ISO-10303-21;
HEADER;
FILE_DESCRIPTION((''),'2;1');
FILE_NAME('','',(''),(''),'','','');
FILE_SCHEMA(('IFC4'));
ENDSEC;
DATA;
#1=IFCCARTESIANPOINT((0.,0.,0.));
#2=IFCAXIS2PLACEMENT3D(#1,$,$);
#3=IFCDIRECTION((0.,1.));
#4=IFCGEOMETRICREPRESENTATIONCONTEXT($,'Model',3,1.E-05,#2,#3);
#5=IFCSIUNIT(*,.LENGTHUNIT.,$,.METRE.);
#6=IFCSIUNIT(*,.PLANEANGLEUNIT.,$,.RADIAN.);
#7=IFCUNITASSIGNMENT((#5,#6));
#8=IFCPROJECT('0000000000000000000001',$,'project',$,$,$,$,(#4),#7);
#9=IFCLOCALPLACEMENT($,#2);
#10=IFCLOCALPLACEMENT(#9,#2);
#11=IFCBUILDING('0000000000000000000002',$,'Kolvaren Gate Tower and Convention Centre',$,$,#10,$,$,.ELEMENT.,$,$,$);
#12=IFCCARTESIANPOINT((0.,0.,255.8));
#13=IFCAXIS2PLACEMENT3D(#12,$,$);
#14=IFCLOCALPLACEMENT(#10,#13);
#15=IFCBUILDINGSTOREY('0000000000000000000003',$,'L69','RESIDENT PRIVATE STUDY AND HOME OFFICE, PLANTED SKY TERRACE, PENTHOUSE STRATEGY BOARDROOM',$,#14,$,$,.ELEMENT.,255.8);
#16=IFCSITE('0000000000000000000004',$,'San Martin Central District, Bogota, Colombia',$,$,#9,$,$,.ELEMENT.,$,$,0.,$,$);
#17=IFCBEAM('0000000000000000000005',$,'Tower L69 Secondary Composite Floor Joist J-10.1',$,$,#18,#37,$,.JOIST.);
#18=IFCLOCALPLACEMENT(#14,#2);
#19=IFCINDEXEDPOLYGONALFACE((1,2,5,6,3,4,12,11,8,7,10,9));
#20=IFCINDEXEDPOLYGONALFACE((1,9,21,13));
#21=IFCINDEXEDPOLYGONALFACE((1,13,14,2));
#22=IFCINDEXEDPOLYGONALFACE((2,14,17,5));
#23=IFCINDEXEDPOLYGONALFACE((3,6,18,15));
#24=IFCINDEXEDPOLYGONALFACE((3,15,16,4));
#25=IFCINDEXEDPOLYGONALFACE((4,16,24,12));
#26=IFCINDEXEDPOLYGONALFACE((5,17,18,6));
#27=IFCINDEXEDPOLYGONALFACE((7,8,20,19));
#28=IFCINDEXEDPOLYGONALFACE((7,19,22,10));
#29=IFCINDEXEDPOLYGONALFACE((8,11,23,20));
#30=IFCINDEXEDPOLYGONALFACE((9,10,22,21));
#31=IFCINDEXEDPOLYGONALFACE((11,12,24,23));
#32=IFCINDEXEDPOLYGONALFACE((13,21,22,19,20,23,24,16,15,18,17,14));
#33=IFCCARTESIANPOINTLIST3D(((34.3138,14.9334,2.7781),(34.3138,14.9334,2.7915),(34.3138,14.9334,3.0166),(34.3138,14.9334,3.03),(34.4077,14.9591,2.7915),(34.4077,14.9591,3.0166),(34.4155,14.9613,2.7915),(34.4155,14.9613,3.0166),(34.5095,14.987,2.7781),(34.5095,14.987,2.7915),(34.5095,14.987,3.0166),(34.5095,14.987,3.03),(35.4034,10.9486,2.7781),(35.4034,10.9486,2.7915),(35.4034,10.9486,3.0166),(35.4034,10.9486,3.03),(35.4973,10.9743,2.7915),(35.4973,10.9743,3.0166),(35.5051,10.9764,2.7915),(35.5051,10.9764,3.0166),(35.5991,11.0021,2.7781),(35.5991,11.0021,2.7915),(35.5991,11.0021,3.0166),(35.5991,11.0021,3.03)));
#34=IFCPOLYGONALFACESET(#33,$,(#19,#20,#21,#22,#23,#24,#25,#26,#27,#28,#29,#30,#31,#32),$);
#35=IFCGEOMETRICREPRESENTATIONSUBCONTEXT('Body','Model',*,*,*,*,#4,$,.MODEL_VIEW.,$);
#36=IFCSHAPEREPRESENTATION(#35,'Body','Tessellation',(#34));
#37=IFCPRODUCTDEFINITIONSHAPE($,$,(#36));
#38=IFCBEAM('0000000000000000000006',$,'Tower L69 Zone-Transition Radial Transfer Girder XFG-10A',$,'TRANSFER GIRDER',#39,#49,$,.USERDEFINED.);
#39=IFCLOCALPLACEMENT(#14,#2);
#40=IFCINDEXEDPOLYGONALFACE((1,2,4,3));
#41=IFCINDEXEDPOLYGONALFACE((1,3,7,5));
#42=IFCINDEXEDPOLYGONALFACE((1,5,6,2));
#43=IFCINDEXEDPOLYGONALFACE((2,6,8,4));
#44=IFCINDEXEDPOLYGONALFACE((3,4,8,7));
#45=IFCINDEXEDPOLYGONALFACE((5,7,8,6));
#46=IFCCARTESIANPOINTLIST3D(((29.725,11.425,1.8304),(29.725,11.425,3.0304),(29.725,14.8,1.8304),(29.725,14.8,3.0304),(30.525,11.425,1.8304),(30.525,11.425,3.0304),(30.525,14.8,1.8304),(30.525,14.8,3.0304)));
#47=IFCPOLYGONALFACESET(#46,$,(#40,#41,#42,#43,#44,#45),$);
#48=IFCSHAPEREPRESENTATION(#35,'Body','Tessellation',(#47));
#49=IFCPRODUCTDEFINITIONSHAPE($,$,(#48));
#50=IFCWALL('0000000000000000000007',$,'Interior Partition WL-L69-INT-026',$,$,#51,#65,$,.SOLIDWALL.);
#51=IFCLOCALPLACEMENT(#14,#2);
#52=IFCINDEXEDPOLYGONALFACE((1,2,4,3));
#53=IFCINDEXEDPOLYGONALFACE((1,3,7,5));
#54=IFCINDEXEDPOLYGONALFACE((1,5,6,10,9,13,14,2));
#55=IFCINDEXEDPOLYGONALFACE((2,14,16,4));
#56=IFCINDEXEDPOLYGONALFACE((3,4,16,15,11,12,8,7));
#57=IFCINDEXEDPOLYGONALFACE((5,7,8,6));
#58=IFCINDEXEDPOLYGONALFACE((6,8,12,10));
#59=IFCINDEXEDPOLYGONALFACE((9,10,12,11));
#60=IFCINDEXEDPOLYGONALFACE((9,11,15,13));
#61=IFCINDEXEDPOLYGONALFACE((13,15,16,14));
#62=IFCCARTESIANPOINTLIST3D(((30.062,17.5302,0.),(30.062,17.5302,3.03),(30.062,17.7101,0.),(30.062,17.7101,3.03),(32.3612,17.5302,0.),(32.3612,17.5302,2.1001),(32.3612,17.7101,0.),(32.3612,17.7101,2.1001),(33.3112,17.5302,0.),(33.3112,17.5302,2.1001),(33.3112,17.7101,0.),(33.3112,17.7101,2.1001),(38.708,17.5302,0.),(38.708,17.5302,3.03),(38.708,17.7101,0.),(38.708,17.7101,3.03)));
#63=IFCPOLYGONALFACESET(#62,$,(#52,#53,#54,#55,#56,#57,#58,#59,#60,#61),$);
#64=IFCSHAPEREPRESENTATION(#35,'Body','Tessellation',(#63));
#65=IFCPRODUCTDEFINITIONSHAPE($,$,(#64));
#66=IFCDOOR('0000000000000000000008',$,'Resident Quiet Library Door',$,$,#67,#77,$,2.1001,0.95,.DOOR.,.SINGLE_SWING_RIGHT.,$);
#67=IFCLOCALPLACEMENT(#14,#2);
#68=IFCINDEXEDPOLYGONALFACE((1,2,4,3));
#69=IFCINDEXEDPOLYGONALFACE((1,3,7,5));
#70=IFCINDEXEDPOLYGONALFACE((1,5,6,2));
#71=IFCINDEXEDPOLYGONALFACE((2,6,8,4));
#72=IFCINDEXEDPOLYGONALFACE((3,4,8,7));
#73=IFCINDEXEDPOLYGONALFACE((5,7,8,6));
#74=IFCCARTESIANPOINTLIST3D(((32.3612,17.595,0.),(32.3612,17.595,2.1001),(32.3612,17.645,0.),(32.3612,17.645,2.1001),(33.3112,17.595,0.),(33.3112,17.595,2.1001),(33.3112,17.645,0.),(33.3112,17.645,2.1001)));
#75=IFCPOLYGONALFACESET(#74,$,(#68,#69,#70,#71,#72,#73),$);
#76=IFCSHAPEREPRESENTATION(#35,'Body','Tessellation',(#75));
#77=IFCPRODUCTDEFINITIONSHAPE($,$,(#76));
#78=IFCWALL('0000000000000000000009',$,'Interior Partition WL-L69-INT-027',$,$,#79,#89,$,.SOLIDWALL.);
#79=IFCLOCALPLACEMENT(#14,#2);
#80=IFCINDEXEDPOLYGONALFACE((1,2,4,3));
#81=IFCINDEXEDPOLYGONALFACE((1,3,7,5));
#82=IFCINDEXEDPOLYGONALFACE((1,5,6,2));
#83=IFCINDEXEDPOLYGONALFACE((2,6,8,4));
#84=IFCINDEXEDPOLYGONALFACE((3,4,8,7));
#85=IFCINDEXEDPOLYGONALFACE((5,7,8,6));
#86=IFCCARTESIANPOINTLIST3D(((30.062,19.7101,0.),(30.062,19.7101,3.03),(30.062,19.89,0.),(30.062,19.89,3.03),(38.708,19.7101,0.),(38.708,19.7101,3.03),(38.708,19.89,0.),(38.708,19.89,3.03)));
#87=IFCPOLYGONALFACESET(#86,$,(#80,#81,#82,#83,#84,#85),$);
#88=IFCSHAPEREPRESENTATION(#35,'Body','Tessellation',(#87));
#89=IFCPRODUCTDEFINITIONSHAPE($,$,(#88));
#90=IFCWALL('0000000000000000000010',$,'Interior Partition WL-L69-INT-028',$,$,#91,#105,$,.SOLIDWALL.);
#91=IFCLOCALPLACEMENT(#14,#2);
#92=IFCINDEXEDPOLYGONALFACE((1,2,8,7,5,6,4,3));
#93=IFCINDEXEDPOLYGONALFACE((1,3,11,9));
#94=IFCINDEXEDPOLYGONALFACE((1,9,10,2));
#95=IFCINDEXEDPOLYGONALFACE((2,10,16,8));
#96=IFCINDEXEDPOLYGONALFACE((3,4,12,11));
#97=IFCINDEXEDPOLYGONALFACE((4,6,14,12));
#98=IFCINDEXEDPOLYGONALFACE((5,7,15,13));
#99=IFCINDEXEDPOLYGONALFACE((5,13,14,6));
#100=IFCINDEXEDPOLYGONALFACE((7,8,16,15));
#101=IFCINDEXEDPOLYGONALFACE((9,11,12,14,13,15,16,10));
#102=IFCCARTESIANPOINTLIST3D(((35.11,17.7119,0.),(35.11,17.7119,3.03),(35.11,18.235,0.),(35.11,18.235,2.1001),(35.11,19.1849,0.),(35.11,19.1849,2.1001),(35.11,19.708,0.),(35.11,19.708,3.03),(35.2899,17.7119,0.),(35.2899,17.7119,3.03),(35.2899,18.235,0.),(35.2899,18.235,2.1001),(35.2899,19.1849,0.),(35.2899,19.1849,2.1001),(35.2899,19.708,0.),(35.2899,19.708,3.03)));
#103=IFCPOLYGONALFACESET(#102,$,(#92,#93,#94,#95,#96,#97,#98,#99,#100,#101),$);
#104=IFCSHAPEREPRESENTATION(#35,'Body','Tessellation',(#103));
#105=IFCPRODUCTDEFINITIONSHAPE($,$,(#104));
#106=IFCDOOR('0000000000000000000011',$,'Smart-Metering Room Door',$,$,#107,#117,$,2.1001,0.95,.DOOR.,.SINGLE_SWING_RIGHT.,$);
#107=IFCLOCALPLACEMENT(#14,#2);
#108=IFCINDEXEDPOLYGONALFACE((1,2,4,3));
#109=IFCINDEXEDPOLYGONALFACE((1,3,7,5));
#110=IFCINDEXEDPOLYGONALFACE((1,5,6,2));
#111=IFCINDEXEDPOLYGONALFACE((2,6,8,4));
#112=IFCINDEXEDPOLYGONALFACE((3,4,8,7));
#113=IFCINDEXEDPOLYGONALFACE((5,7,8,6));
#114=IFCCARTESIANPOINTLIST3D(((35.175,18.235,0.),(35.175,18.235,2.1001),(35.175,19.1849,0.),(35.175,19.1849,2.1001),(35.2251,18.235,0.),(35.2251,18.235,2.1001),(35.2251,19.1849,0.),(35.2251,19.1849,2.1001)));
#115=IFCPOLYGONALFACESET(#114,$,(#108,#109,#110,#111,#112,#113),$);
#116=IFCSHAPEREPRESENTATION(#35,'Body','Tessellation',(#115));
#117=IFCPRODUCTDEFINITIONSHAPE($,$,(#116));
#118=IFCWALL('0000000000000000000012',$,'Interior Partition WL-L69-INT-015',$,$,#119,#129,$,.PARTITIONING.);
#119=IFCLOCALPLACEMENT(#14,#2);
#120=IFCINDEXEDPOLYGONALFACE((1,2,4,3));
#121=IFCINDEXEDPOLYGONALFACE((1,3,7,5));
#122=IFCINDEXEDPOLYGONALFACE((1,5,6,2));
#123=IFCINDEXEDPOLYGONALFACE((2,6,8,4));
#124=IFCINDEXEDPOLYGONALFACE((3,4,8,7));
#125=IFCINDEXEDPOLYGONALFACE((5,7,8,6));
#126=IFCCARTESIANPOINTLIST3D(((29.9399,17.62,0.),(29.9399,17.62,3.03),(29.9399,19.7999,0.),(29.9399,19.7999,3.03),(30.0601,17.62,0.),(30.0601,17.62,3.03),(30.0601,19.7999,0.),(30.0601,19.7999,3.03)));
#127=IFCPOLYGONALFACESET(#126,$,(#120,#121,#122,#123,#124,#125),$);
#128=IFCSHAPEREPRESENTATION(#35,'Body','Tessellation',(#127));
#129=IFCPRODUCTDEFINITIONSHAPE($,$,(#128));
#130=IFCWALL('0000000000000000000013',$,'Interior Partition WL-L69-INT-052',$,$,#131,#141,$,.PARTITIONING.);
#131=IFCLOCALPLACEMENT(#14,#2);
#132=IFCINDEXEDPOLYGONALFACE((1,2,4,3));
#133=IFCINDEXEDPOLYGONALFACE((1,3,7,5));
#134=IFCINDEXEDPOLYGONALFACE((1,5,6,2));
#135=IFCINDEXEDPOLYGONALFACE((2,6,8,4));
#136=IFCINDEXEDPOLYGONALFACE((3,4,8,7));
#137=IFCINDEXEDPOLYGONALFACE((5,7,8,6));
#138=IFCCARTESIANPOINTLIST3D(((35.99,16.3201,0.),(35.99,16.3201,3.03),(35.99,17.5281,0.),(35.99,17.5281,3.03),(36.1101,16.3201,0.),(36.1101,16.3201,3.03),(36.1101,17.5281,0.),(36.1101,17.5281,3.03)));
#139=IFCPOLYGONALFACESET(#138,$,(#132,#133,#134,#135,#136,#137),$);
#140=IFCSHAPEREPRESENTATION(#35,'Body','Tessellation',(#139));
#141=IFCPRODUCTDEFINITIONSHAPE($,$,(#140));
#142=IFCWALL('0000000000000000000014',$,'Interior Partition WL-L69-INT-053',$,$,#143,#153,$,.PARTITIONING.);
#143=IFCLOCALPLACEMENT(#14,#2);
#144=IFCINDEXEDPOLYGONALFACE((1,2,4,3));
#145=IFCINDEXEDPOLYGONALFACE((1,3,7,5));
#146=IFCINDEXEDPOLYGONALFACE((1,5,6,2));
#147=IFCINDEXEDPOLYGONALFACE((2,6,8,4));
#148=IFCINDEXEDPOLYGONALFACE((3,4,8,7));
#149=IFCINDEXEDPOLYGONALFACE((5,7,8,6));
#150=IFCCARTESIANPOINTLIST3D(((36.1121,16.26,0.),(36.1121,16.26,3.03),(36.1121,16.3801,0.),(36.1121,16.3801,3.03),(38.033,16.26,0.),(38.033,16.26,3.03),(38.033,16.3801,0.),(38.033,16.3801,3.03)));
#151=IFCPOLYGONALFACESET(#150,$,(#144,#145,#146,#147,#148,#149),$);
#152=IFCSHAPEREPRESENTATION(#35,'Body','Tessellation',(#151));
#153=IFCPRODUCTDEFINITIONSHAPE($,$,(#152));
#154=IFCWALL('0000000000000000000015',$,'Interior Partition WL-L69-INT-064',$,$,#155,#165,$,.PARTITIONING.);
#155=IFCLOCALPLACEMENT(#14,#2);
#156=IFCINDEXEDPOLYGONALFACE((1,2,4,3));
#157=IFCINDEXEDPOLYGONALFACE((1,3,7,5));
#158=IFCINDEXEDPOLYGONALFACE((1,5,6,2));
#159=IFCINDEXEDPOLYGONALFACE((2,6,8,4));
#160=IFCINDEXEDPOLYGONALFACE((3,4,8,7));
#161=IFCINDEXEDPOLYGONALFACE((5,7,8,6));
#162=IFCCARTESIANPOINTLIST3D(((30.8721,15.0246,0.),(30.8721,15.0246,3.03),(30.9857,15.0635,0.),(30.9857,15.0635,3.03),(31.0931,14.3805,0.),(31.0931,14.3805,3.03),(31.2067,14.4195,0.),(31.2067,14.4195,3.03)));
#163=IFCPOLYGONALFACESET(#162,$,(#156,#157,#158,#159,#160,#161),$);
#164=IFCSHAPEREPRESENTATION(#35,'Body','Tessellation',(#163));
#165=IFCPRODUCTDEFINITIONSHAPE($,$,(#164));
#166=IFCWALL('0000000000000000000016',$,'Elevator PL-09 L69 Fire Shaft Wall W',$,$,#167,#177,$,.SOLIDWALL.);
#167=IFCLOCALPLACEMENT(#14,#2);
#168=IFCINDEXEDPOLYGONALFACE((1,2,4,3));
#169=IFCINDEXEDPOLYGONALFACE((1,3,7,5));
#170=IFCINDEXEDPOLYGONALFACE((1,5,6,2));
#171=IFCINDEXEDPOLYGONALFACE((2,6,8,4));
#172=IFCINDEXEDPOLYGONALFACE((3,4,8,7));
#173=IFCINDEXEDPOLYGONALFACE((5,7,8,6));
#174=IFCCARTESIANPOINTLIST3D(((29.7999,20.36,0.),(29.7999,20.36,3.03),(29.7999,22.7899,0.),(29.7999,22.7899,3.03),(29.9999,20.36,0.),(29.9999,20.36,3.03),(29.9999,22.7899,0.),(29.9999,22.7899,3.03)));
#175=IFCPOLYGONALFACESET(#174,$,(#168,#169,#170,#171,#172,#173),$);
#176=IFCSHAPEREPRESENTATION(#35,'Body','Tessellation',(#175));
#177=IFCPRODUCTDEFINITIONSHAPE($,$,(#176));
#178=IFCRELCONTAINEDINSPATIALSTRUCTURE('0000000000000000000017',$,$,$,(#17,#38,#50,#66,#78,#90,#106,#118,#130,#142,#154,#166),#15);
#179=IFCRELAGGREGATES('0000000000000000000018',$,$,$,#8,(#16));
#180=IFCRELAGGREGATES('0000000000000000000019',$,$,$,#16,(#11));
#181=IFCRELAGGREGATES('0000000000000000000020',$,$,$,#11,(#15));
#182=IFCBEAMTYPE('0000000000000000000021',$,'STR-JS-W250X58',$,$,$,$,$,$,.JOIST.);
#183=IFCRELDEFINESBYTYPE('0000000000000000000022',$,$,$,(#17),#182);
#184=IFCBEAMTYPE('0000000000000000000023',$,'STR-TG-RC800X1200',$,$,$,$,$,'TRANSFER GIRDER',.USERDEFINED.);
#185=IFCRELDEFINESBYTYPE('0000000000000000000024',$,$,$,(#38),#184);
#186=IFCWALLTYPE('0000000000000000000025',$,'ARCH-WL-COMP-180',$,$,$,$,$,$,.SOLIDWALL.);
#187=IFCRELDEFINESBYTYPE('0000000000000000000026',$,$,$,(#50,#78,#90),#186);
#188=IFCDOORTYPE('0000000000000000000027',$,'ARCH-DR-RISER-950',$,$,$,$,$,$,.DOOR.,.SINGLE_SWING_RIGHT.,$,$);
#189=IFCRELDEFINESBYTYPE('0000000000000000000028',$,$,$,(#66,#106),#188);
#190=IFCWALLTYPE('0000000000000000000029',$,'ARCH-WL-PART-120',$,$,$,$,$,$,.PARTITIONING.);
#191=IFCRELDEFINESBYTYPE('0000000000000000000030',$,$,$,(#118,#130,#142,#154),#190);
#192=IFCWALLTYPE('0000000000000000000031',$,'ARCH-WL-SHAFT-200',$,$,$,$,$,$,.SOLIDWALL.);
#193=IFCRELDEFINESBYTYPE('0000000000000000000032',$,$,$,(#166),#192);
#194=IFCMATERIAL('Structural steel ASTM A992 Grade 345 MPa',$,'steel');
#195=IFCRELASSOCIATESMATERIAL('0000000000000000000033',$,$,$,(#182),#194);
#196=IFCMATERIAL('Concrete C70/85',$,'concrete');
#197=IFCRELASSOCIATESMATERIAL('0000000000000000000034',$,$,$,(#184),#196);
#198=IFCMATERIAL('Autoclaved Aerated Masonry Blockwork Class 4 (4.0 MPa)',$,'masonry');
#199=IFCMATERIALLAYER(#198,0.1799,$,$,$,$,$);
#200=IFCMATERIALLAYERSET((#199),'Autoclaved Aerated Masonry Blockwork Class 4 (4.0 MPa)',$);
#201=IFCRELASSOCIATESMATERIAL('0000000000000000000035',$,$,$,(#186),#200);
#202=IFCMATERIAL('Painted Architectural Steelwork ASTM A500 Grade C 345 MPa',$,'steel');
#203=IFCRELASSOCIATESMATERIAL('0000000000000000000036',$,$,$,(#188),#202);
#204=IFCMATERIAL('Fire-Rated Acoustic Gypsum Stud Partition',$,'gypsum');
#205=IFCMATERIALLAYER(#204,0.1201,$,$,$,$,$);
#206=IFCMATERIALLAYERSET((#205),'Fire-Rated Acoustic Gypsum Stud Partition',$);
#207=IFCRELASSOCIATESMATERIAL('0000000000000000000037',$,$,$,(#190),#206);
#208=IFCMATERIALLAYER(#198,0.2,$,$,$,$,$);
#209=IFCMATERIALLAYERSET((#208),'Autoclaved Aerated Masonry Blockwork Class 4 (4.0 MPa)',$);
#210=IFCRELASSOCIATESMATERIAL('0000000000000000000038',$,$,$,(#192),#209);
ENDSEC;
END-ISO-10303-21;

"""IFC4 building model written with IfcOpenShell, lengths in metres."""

from ifc_helpers import new_model, si_unit, direction, frame, frame_2d, origin, origin_2d, place, context, subcontext, project, spatial, rectangle, i_section, extrude, material, layer, layer_set, material_profile, profile_set, type_object, element, fill, save


model = new_model("IFC4")

# Units and contexts
model_context = context("Model", 3, precision=1e-05, world=origin(), true_north=direction((0.0, 1.0)))
body_context = subcontext(model_context, "Body", "Model", "MODEL_VIEW")
ifc_project = project(units=[si_unit("LENGTHUNIT", "METRE"), si_unit("PLANEANGLEUNIT", "RADIAN")], contexts=[model_context])

# Site, building, storey
site_placement = place(None, origin())
site = spatial("IfcSite", under=ifc_project, at=site_placement, Name="San Martin Central District, Bogota, Colombia", CompositionType="ELEMENT", RefElevation=0.0)
building_placement = place(site_placement, origin())
building = spatial("IfcBuilding", under=site, at=building_placement, Name="Kolvaren Gate Tower and Convention Centre", CompositionType="ELEMENT")
storey_placement = place(building_placement, frame((0.0, 0.0, 255.8)))
storey = spatial("IfcBuildingStorey", under=building, at=storey_placement, Name="L69", Description="RESIDENT PRIVATE STUDY AND HOME OFFICE, PLANTED SKY TERRACE, PENTHOUSE STRATEGY BOARDROOM", CompositionType="ELEMENT", Elevation=255.8)

# Beams
ifc_material_1 = material(Name="Structural steel ASTM A992 Grade 345 MPa", Category="steel")
ifc_material_profile_1 = material_profile(ifc_material_1, i_section(OverallWidth=0.2029, OverallDepth=0.252, WebThickness=0.0081, FlangeThickness=0.0134, at=origin_2d()), Name="W250X58")
ifc_profile_set_1 = profile_set([ifc_material_profile_1], Name="Structural steel ASTM A992 Grade 345 MPa")
beam_type_1 = type_object("IfcBeamType", Name="STR-JS-W250X58", PredefinedType="JOIST", material=ifc_profile_set_1)
beam_1_placement = place(storey_placement, frame((34.4116, 14.9602, 2.9041), z_axis=(0.263752, -0.96459, 0.0), x_axis=(0.96459, 0.263752, 0.0)))
element("IfcBeam", 1, at=beam_1_placement, inside=storey, type_object=beam_type_1, Name="Tower L69 Secondary Composite Floor Joist J-10.1", PredefinedType="JOIST", context=body_context, shape_type="SweptSolid", body=[
    extrude(i_section(OverallWidth=0.2029, OverallDepth=0.252, WebThickness=0.0081, FlangeThickness=0.0134, at=origin_2d()), origin(), (0.0, 0.0, 1.0), 4.1311),
])
ifc_material_2 = material(Name="Concrete C70/85", Category="concrete")
ifc_material_profile_2 = material_profile(ifc_material_2, rectangle(XDim=0.8, YDim=1.2, at=origin_2d()), Name="RC-BM-800X1200")
ifc_profile_set_2 = profile_set([ifc_material_profile_2], Name="Concrete C70/85")
beam_type_2 = type_object("IfcBeamType", Name="STR-TG-RC800X1200", ElementType="TRANSFER GIRDER", PredefinedType="USERDEFINED", material=ifc_profile_set_2)
beam_2_placement = place(storey_placement, frame((30.125, 14.8, 2.4304), z_axis=(0.0, -1.0, 0.0), x_axis=(1.0, 0.0, 0.0)))
element("IfcBeam", 2, at=beam_2_placement, inside=storey, type_object=beam_type_2, Name="Tower L69 Zone-Transition Radial Transfer Girder XFG-10A", ObjectType="TRANSFER GIRDER", PredefinedType="USERDEFINED", context=body_context, shape_type="SweptSolid", body=[
    extrude(rectangle(XDim=0.8, YDim=1.2, at=origin_2d()), origin(), (0.0, 0.0, 1.0), 3.375),
])

# Wall, opening, door
ifc_material_3 = material(Name="Autoclaved Aerated Masonry Blockwork Class 4 (4.0 MPa)", Category="masonry")
ifc_layer_1 = layer(ifc_material_3, 0.1799)
ifc_layer_set_1 = layer_set([ifc_layer_1], Name="Autoclaved Aerated Masonry Blockwork Class 4 (4.0 MPa)")
wall_type_1 = type_object("IfcWallType", Name="ARCH-WL-COMP-180", PredefinedType="SOLIDWALL", material=ifc_layer_set_1)
wall_1_placement = place(storey_placement, frame((30.062, 17.6201, 0.0), z_axis=(0.0, 0.0, 1.0), x_axis=(1.0, 0.0, 0.0)))
wall_1 = element("IfcWall", 3, at=wall_1_placement, inside=storey, type_object=wall_type_1, Name="Interior Partition WL-L69-INT-026", PredefinedType="SOLIDWALL", context=body_context, shape_type="SweptSolid", body=[
    extrude(rectangle(XDim=8.646, YDim=0.1799, at=frame_2d((4.323, 0.0))), origin(), (0.0, 0.0, 1.0), 3.03),
])
opening_1_placement = place(wall_1_placement, frame((2.2991, 0.0, 0.0)))
opening_1 = element("IfcOpeningElement", 4, at=opening_1_placement, cuts=wall_1, PredefinedType="OPENING", context=body_context, shape_type="SweptSolid", body=[
    extrude(rectangle(XDim=0.95, YDim=2.1001, at=frame_2d((0.4751, 1.05))), frame((0.0, 0.0999, 0.0), z_axis=(0.0, -1.0, 0.0), x_axis=(1.0, 0.0, 0.0)), (0.0, 0.0, 1.0), 0.2),
])
ifc_material_4 = material(Name="Painted Architectural Steelwork ASTM A500 Grade C 345 MPa", Category="steel")
door_type_1 = type_object("IfcDoorType", Name="ARCH-DR-RISER-950", OperationType="SINGLE_SWING_RIGHT", PredefinedType="DOOR", material=ifc_material_4)
door_1_placement = place(opening_1_placement, origin())
door_1 = element("IfcDoor", 5, at=door_1_placement, inside=storey, type_object=door_type_1, Name="Resident Quiet Library Door", OperationType="SINGLE_SWING_RIGHT", OverallHeight=2.1001, OverallWidth=0.95, PredefinedType="DOOR", context=body_context, shape_type="SweptSolid", body=[
    extrude(rectangle(XDim=0.95, YDim=2.1001, at=frame_2d((0.4751, 1.05))), frame((0.0, 0.0249, 0.0), z_axis=(0.0, -1.0, 0.0), x_axis=(1.0, 0.0, 0.0)), (0.0, 0.0, 1.0), 0.05),
])
fill(opening_1, door_1)

# Wall
wall_2_placement = place(storey_placement, frame((30.062, 19.8, 0.0), z_axis=(0.0, 0.0, 1.0), x_axis=(1.0, 0.0, 0.0)))
element("IfcWall", 6, at=wall_2_placement, inside=storey, type_object=wall_type_1, Name="Interior Partition WL-L69-INT-027", PredefinedType="SOLIDWALL", context=body_context, shape_type="SweptSolid", body=[
    extrude(rectangle(XDim=8.646, YDim=0.1799, at=frame_2d((4.323, 0.0))), origin(), (0.0, 0.0, 1.0), 3.03),
])

# Wall, opening, door
wall_3_placement = place(storey_placement, frame((35.2, 17.7119, 0.0), z_axis=(0.0, 0.0, 1.0), x_axis=(0.0, 1.0, 0.0)))
wall_3 = element("IfcWall", 7, at=wall_3_placement, inside=storey, type_object=wall_type_1, Name="Interior Partition WL-L69-INT-028", PredefinedType="SOLIDWALL", context=body_context, shape_type="SweptSolid", body=[
    extrude(rectangle(XDim=1.9961, YDim=0.1799, at=frame_2d((0.998, 0.0))), origin(), (0.0, 0.0, 1.0), 3.03),
])
opening_2_placement = place(wall_3_placement, frame((0.5229, 0.0, 0.0)))
opening_2 = element("IfcOpeningElement", 8, at=opening_2_placement, cuts=wall_3, PredefinedType="OPENING", context=body_context, shape_type="SweptSolid", body=[
    extrude(rectangle(XDim=0.95, YDim=2.1001, at=frame_2d((0.4751, 1.05))), frame((0.0, 0.0999, 0.0), z_axis=(0.0, -1.0, 0.0), x_axis=(1.0, 0.0, 0.0)), (0.0, 0.0, 1.0), 0.2),
])
door_2_placement = place(opening_2_placement, origin())
door_2 = element("IfcDoor", 9, at=door_2_placement, inside=storey, type_object=door_type_1, Name="Smart-Metering Room Door", OperationType="SINGLE_SWING_RIGHT", OverallHeight=2.1001, OverallWidth=0.95, PredefinedType="DOOR", context=body_context, shape_type="SweptSolid", body=[
    extrude(rectangle(XDim=0.95, YDim=2.1001, at=frame_2d((0.4751, 1.05))), frame((0.0, 0.0249, 0.0), z_axis=(0.0, -1.0, 0.0), x_axis=(1.0, 0.0, 0.0)), (0.0, 0.0, 1.0), 0.05),
])
fill(opening_2, door_2)

# Walls
ifc_material_5 = material(Name="Fire-Rated Acoustic Gypsum Stud Partition", Category="gypsum")
ifc_layer_2 = layer(ifc_material_5, 0.1201)
ifc_layer_set_2 = layer_set([ifc_layer_2], Name="Fire-Rated Acoustic Gypsum Stud Partition")
wall_type_2 = type_object("IfcWallType", Name="ARCH-WL-PART-120", PredefinedType="PARTITIONING", material=ifc_layer_set_2)
wall_4_placement = place(storey_placement, frame((30.0, 17.6201, 0.0), z_axis=(0.0, 0.0, 1.0), x_axis=(0.0, 1.0, 0.0)))
element("IfcWall", 10, at=wall_4_placement, inside=storey, type_object=wall_type_2, Name="Interior Partition WL-L69-INT-015", PredefinedType="PARTITIONING", context=body_context, shape_type="SweptSolid", body=[
    extrude(rectangle(XDim=2.1799, YDim=0.1201, at=frame_2d((1.0898, 0.0))), origin(), (0.0, 0.0, 1.0), 3.03),
])
wall_5_placement = place(storey_placement, frame((36.05, 16.3201, 0.0), z_axis=(0.0, 0.0, 1.0), x_axis=(0.0, 1.0, 0.0)))
element("IfcWall", 11, at=wall_5_placement, inside=storey, type_object=wall_type_2, Name="Interior Partition WL-L69-INT-052", PredefinedType="PARTITIONING", context=body_context, shape_type="SweptSolid", body=[
    extrude(rectangle(XDim=1.208, YDim=0.1201, at=frame_2d((0.604, 0.0))), origin(), (0.0, 0.0, 1.0), 3.03),
])
wall_6_placement = place(storey_placement, frame((36.1121, 16.3201, 0.0), z_axis=(0.0, 0.0, 1.0), x_axis=(1.0, 0.0, 0.0)))
element("IfcWall", 12, at=wall_6_placement, inside=storey, type_object=wall_type_2, Name="Interior Partition WL-L69-INT-053", PredefinedType="PARTITIONING", context=body_context, shape_type="SweptSolid", body=[
    extrude(rectangle(XDim=1.9209, YDim=0.1201, at=frame_2d((0.9604, 0.0))), origin(), (0.0, 0.0, 1.0), 3.03),
])
wall_7_placement = place(storey_placement, frame((30.929, 15.0439, 0.0), z_axis=(0.0, 0.0, 1.0), x_axis=(0.324498, -0.945886, 0.0)))
element("IfcWall", 13, at=wall_7_placement, inside=storey, type_object=wall_type_2, Name="Interior Partition WL-L69-INT-064", PredefinedType="PARTITIONING", context=body_context, shape_type="SweptSolid", body=[
    extrude(rectangle(XDim=0.6809, YDim=0.1201, at=frame_2d((0.3403, 0.0))), origin(), (0.0, 0.0, 1.0), 3.03),
])
ifc_layer_3 = layer(ifc_material_3, 0.2)
ifc_layer_set_3 = layer_set([ifc_layer_3], Name="Autoclaved Aerated Masonry Blockwork Class 4 (4.0 MPa)")
wall_type_3 = type_object("IfcWallType", Name="ARCH-WL-SHAFT-200", PredefinedType="SOLIDWALL", material=ifc_layer_set_3)
for number, where, z_axis, x_axis, name in (
    (14, (29.8999, 20.3601, 0.0), (0.0, 0.0, 1.0), (0.0, 1.0, 0.0), "Elevator PL-09 L69 Fire Shaft Wall W"),
):
    element("IfcWall", number, at=place(storey_placement, frame(where, z_axis=z_axis, x_axis=x_axis)), inside=storey, type_object=wall_type_3, Name=name, PredefinedType="SOLIDWALL", context=body_context, shape_type="SweptSolid", body=[
        extrude(rectangle(XDim=2.4299, YDim=0.2, at=frame_2d((1.2148, 0.0))), origin(), (0.0, 0.0, 1.0), 3.03),
    ])

save(model, "model.ifc")
